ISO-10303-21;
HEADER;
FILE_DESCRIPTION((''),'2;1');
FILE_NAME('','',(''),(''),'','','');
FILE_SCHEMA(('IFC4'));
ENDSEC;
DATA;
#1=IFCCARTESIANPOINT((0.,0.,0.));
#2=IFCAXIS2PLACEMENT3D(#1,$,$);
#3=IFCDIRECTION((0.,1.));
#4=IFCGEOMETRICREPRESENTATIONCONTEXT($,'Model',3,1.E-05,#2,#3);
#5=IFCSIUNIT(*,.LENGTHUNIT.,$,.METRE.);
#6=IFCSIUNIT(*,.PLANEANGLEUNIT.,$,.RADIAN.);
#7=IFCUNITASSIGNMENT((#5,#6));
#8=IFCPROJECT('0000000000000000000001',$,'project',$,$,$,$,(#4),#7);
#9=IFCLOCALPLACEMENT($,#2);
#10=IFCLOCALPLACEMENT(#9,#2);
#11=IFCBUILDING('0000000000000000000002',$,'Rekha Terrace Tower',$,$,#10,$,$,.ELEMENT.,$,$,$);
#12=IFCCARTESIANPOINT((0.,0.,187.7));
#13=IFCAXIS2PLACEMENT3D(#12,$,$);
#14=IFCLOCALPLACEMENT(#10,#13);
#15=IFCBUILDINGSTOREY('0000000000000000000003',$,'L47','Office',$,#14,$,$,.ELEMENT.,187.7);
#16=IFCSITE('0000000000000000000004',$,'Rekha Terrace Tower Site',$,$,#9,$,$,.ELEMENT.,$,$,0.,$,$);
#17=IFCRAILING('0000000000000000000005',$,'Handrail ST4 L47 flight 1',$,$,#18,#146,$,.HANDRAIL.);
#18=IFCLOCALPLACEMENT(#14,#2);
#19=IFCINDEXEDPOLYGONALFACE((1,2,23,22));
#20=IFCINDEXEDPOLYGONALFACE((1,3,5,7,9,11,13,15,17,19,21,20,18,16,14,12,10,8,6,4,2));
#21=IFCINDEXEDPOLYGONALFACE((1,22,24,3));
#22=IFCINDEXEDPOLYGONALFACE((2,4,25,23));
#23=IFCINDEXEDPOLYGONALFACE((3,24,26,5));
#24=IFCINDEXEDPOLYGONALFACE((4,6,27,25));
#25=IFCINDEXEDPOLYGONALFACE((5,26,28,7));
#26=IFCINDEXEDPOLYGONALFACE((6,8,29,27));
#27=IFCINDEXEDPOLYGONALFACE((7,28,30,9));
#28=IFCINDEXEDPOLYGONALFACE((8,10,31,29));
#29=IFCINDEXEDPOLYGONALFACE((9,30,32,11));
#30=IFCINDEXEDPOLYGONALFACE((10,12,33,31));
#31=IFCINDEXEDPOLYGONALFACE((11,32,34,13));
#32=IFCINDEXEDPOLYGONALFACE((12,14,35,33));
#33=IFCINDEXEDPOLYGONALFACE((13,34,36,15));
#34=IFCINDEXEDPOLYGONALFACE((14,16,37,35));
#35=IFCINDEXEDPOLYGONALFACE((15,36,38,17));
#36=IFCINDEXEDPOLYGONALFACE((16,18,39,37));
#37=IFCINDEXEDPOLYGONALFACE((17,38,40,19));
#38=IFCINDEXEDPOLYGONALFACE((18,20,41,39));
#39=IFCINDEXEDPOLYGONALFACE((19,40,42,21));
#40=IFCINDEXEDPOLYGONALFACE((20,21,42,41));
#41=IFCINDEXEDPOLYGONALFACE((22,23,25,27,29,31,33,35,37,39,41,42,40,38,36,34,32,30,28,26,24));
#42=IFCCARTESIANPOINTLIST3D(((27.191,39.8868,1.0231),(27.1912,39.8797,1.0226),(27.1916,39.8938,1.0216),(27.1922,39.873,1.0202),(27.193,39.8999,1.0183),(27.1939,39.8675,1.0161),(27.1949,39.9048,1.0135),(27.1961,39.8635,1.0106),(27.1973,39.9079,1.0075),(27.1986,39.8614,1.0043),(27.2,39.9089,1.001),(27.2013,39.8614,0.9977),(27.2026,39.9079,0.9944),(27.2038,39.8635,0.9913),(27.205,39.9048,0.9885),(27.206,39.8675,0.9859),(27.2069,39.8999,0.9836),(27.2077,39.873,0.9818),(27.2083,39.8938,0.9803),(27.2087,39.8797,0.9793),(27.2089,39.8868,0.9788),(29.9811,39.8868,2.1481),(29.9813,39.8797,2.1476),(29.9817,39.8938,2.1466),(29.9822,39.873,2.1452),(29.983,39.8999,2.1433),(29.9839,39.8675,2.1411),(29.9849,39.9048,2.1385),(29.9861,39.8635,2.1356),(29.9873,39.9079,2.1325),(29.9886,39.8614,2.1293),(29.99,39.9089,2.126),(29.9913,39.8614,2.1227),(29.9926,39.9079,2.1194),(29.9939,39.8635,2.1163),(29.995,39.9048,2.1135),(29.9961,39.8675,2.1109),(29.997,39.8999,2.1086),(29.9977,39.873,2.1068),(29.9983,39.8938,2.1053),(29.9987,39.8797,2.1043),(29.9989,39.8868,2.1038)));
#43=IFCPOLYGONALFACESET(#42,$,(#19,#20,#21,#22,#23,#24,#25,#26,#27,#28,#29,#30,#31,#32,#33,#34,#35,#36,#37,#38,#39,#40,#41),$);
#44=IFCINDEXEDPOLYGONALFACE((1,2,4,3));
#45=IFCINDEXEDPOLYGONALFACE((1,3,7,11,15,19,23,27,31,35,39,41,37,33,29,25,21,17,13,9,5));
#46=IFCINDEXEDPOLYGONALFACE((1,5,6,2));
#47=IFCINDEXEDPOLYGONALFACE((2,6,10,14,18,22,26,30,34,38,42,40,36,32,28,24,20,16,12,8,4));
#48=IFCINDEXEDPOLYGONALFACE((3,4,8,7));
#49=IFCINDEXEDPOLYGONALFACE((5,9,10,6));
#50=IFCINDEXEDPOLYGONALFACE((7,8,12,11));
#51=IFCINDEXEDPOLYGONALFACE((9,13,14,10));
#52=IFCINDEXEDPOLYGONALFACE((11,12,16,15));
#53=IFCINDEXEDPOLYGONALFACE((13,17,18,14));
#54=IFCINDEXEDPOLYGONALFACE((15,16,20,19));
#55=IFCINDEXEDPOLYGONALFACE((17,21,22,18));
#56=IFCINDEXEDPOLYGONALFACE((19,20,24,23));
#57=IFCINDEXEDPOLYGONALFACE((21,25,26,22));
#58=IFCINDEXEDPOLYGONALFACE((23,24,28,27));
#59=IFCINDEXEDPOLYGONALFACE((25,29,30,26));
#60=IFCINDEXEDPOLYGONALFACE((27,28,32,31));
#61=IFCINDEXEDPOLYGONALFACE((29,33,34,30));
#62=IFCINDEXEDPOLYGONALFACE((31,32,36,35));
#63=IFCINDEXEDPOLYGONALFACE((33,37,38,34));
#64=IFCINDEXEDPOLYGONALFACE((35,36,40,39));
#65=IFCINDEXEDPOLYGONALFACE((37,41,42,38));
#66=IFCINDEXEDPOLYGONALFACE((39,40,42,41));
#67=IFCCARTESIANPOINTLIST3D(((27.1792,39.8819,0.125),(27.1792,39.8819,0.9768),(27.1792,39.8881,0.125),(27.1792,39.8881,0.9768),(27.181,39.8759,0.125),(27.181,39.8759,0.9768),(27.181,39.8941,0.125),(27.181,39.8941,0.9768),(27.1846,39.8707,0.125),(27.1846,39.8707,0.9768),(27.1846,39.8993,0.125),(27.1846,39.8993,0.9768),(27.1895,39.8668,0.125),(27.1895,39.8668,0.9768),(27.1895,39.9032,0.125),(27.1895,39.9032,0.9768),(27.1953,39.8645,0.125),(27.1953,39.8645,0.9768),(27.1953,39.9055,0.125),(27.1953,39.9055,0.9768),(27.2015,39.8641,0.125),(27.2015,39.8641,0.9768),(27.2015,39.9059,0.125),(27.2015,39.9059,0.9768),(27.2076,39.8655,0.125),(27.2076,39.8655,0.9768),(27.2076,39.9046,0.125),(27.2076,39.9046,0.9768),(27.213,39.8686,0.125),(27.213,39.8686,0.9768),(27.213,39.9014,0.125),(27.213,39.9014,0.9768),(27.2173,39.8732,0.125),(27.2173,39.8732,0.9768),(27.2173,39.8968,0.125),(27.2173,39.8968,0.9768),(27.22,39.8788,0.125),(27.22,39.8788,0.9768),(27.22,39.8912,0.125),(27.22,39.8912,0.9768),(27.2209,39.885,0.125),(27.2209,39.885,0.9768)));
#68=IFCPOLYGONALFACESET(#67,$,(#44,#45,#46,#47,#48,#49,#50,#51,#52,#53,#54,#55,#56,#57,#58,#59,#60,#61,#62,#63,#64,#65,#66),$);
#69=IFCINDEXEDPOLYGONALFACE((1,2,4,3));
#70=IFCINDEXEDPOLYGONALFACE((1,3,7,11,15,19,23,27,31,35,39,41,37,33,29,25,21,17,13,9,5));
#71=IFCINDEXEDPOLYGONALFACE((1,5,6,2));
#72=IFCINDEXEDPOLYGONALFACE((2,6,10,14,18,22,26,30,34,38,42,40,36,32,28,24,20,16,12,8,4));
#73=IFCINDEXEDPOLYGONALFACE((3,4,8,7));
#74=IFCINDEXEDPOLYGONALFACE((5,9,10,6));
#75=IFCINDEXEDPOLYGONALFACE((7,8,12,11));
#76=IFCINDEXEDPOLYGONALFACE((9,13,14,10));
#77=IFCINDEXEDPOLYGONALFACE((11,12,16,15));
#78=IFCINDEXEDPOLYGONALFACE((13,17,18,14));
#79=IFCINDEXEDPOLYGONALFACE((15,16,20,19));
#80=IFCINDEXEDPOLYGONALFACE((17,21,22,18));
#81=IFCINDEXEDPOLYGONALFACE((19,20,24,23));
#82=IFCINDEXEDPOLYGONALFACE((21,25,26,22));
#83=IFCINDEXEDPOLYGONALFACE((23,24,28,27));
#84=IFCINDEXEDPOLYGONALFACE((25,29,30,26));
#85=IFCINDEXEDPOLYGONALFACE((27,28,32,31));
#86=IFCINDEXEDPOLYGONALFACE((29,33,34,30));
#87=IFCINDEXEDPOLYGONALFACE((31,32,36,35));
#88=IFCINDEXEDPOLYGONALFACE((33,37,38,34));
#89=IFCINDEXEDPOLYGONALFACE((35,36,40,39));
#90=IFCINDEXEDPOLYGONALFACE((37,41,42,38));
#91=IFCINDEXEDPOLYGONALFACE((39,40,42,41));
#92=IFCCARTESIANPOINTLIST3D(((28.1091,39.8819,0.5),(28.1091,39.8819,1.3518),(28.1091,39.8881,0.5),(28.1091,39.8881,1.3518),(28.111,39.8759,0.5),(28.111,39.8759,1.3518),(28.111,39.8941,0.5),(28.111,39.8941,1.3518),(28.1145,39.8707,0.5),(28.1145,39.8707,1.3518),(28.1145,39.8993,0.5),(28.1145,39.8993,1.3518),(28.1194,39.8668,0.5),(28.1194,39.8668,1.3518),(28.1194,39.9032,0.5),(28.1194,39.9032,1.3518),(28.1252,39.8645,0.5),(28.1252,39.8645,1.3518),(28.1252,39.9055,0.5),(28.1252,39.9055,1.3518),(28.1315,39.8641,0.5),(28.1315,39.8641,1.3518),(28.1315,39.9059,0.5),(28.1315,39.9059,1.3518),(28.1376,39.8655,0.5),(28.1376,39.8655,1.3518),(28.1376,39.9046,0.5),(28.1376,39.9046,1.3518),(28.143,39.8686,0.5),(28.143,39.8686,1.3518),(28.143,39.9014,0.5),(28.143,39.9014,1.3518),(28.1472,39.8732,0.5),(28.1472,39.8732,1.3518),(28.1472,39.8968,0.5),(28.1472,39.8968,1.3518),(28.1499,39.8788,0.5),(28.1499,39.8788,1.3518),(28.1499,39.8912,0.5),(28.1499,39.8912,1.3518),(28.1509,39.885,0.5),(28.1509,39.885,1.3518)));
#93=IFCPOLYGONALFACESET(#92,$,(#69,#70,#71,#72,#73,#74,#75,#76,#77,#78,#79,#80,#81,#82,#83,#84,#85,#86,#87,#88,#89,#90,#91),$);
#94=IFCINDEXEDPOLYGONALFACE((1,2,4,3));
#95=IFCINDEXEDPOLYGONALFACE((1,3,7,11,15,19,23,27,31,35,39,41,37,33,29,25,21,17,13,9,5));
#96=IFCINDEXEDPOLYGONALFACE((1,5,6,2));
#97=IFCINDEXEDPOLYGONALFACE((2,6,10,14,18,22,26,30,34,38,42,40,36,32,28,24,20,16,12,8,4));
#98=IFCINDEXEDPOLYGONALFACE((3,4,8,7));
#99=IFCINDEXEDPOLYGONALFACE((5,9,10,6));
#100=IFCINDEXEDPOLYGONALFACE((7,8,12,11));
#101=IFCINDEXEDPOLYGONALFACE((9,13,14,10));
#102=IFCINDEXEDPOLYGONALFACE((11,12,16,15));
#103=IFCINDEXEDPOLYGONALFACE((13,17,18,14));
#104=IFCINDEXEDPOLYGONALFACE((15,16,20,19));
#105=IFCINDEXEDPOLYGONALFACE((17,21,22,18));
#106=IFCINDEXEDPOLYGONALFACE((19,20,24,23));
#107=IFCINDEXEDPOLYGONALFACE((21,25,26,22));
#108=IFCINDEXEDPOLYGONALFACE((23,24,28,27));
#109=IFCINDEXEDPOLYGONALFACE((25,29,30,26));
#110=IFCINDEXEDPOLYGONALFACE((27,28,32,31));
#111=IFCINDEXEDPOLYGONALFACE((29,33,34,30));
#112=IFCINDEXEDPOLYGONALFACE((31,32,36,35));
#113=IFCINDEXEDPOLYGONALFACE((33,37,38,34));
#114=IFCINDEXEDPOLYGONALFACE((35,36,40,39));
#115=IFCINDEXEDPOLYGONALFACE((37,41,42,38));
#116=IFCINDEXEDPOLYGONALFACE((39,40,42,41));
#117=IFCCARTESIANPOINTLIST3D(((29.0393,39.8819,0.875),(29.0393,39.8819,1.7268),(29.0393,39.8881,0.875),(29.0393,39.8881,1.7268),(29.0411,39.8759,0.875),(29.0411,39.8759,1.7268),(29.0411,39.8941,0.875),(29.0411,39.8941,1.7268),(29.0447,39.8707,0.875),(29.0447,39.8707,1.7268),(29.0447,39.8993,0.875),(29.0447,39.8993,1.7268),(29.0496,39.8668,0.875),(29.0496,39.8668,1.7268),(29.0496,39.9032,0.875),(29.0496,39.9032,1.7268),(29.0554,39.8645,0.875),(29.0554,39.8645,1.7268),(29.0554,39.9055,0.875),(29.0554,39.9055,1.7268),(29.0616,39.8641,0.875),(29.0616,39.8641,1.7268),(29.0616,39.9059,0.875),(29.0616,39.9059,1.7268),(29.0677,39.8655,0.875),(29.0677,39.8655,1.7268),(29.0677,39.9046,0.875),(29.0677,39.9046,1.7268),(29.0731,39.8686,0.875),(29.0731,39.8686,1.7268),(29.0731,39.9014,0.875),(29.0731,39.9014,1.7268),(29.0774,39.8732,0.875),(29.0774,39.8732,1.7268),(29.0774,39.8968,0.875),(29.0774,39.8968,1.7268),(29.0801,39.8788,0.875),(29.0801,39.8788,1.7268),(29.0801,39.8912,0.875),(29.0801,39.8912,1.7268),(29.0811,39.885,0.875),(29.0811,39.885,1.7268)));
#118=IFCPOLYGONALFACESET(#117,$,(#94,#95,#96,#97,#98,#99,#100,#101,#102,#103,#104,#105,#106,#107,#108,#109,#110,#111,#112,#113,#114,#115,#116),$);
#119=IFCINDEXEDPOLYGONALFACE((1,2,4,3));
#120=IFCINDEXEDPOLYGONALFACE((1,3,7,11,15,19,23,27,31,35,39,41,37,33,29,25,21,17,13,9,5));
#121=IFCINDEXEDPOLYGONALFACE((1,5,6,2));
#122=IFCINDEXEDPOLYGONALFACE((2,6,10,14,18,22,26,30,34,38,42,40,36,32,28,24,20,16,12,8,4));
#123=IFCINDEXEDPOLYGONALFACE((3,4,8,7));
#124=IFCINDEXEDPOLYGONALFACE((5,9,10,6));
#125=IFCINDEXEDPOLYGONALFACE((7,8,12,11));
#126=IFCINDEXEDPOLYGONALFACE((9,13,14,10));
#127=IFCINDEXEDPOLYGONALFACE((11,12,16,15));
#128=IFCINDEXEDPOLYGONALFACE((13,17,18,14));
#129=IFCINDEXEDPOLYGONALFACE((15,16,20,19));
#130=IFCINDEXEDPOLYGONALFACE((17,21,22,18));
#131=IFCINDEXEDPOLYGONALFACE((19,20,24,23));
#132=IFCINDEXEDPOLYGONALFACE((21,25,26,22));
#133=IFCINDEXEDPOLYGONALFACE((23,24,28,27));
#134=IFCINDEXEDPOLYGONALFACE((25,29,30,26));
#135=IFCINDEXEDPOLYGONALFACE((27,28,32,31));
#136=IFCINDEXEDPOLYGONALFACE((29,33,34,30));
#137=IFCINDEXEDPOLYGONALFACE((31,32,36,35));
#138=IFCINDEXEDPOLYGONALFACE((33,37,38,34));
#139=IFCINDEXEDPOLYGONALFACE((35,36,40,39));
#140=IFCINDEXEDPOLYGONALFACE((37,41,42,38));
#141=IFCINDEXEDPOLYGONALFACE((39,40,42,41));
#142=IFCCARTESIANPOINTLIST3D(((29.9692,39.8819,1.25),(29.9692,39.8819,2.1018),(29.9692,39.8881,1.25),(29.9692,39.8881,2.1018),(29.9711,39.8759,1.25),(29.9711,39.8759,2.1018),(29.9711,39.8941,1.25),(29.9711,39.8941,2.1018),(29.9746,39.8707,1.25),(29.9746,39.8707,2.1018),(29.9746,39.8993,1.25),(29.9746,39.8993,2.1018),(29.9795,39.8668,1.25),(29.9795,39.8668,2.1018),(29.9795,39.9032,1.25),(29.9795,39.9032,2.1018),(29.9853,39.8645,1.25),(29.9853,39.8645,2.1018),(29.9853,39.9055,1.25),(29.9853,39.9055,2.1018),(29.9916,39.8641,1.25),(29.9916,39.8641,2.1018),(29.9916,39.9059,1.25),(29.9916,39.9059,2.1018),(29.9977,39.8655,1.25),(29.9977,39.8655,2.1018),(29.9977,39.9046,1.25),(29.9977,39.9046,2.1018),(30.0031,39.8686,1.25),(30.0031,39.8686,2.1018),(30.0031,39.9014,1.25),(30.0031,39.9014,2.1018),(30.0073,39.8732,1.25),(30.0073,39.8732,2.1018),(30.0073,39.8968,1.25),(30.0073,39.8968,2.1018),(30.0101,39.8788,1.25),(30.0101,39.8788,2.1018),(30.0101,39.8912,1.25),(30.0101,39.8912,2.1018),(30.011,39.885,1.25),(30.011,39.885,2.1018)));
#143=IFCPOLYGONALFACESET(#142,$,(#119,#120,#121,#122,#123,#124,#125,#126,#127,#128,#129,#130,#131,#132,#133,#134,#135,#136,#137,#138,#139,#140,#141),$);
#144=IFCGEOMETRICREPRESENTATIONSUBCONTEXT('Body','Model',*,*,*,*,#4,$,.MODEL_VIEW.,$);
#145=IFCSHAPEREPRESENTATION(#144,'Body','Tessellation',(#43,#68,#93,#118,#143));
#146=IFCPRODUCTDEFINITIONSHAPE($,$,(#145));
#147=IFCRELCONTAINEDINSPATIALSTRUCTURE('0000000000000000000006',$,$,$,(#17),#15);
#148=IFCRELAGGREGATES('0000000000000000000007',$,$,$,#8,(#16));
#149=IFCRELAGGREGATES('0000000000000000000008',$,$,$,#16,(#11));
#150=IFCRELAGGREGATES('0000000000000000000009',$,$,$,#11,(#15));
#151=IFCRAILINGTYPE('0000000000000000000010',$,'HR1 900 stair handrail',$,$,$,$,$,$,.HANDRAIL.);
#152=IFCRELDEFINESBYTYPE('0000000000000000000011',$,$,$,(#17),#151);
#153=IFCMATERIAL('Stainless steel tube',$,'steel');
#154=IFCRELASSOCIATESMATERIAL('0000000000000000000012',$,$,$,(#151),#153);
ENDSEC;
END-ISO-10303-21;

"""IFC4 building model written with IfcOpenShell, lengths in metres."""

from ifc_helpers import new_model, si_unit, direction, frame, origin, origin_2d, place, context, subcontext, project, spatial, circle, extrude, material, type_object, element, save


model = new_model("IFC4")

# Units and contexts
model_context = context("Model", 3, precision=1e-05, world=origin(), true_north=direction((0.0, 1.0)))
body_context = subcontext(model_context, "Body", "Model", "MODEL_VIEW")
ifc_project = project(units=[si_unit("LENGTHUNIT", "METRE"), si_unit("PLANEANGLEUNIT", "RADIAN")], contexts=[model_context])

# Site, building, storey
site_placement = place(None, origin())
site = spatial("IfcSite", under=ifc_project, at=site_placement, Name="Rekha Terrace Tower Site", CompositionType="ELEMENT", RefElevation=0.0)
building_placement = place(site_placement, origin())
building = spatial("IfcBuilding", under=site, at=building_placement, Name="Rekha Terrace Tower", CompositionType="ELEMENT")
storey_placement = place(building_placement, frame((0.0, 0.0, 187.7)))
storey = spatial("IfcBuildingStorey", under=building, at=storey_placement, Name="L47", Description="Office", CompositionType="ELEMENT", Elevation=187.7)

# Railing
ifc_material_1 = material(Name="Stainless steel tube", Category="steel")
railing_type_1 = type_object("IfcRailingType", Name="HR1 900 stair handrail", PredefinedType="HANDRAIL", material=ifc_material_1)
railing_1_placement = place(storey_placement, frame((27.2, 39.885, 0.125)))
element("IfcRailing", 1, at=railing_1_placement, inside=storey, type_object=railing_type_1, Name="Handrail ST4 L47 flight 1", PredefinedType="HANDRAIL", context=body_context, shape_type="SweptSolid", body=[
    extrude(circle(Radius=0.0239, at=origin_2d()), frame((0.0, 0.0, 0.876), z_axis=(0.927443, 0.0, 0.373964), x_axis=(0.0, 1.0, 0.0)), (0.0, 0.0, 1.0), 3.0083),
    extrude(circle(Radius=0.021, at=origin_2d()), origin(), (0.0, 0.0, 1.0), 0.8518),
    extrude(circle(Radius=0.021, at=origin_2d()), frame((0.9299, 0.0, 0.375)), (0.0, 0.0, 1.0), 0.8518),
    extrude(circle(Radius=0.021, at=origin_2d()), frame((1.8601, 0.0, 0.75)), (0.0, 0.0, 1.0), 0.8518),
    extrude(circle(Radius=0.021, at=origin_2d()), frame((2.79, 0.0, 1.125)), (0.0, 0.0, 1.0), 0.8518),
])

save(model, "model.ifc")
